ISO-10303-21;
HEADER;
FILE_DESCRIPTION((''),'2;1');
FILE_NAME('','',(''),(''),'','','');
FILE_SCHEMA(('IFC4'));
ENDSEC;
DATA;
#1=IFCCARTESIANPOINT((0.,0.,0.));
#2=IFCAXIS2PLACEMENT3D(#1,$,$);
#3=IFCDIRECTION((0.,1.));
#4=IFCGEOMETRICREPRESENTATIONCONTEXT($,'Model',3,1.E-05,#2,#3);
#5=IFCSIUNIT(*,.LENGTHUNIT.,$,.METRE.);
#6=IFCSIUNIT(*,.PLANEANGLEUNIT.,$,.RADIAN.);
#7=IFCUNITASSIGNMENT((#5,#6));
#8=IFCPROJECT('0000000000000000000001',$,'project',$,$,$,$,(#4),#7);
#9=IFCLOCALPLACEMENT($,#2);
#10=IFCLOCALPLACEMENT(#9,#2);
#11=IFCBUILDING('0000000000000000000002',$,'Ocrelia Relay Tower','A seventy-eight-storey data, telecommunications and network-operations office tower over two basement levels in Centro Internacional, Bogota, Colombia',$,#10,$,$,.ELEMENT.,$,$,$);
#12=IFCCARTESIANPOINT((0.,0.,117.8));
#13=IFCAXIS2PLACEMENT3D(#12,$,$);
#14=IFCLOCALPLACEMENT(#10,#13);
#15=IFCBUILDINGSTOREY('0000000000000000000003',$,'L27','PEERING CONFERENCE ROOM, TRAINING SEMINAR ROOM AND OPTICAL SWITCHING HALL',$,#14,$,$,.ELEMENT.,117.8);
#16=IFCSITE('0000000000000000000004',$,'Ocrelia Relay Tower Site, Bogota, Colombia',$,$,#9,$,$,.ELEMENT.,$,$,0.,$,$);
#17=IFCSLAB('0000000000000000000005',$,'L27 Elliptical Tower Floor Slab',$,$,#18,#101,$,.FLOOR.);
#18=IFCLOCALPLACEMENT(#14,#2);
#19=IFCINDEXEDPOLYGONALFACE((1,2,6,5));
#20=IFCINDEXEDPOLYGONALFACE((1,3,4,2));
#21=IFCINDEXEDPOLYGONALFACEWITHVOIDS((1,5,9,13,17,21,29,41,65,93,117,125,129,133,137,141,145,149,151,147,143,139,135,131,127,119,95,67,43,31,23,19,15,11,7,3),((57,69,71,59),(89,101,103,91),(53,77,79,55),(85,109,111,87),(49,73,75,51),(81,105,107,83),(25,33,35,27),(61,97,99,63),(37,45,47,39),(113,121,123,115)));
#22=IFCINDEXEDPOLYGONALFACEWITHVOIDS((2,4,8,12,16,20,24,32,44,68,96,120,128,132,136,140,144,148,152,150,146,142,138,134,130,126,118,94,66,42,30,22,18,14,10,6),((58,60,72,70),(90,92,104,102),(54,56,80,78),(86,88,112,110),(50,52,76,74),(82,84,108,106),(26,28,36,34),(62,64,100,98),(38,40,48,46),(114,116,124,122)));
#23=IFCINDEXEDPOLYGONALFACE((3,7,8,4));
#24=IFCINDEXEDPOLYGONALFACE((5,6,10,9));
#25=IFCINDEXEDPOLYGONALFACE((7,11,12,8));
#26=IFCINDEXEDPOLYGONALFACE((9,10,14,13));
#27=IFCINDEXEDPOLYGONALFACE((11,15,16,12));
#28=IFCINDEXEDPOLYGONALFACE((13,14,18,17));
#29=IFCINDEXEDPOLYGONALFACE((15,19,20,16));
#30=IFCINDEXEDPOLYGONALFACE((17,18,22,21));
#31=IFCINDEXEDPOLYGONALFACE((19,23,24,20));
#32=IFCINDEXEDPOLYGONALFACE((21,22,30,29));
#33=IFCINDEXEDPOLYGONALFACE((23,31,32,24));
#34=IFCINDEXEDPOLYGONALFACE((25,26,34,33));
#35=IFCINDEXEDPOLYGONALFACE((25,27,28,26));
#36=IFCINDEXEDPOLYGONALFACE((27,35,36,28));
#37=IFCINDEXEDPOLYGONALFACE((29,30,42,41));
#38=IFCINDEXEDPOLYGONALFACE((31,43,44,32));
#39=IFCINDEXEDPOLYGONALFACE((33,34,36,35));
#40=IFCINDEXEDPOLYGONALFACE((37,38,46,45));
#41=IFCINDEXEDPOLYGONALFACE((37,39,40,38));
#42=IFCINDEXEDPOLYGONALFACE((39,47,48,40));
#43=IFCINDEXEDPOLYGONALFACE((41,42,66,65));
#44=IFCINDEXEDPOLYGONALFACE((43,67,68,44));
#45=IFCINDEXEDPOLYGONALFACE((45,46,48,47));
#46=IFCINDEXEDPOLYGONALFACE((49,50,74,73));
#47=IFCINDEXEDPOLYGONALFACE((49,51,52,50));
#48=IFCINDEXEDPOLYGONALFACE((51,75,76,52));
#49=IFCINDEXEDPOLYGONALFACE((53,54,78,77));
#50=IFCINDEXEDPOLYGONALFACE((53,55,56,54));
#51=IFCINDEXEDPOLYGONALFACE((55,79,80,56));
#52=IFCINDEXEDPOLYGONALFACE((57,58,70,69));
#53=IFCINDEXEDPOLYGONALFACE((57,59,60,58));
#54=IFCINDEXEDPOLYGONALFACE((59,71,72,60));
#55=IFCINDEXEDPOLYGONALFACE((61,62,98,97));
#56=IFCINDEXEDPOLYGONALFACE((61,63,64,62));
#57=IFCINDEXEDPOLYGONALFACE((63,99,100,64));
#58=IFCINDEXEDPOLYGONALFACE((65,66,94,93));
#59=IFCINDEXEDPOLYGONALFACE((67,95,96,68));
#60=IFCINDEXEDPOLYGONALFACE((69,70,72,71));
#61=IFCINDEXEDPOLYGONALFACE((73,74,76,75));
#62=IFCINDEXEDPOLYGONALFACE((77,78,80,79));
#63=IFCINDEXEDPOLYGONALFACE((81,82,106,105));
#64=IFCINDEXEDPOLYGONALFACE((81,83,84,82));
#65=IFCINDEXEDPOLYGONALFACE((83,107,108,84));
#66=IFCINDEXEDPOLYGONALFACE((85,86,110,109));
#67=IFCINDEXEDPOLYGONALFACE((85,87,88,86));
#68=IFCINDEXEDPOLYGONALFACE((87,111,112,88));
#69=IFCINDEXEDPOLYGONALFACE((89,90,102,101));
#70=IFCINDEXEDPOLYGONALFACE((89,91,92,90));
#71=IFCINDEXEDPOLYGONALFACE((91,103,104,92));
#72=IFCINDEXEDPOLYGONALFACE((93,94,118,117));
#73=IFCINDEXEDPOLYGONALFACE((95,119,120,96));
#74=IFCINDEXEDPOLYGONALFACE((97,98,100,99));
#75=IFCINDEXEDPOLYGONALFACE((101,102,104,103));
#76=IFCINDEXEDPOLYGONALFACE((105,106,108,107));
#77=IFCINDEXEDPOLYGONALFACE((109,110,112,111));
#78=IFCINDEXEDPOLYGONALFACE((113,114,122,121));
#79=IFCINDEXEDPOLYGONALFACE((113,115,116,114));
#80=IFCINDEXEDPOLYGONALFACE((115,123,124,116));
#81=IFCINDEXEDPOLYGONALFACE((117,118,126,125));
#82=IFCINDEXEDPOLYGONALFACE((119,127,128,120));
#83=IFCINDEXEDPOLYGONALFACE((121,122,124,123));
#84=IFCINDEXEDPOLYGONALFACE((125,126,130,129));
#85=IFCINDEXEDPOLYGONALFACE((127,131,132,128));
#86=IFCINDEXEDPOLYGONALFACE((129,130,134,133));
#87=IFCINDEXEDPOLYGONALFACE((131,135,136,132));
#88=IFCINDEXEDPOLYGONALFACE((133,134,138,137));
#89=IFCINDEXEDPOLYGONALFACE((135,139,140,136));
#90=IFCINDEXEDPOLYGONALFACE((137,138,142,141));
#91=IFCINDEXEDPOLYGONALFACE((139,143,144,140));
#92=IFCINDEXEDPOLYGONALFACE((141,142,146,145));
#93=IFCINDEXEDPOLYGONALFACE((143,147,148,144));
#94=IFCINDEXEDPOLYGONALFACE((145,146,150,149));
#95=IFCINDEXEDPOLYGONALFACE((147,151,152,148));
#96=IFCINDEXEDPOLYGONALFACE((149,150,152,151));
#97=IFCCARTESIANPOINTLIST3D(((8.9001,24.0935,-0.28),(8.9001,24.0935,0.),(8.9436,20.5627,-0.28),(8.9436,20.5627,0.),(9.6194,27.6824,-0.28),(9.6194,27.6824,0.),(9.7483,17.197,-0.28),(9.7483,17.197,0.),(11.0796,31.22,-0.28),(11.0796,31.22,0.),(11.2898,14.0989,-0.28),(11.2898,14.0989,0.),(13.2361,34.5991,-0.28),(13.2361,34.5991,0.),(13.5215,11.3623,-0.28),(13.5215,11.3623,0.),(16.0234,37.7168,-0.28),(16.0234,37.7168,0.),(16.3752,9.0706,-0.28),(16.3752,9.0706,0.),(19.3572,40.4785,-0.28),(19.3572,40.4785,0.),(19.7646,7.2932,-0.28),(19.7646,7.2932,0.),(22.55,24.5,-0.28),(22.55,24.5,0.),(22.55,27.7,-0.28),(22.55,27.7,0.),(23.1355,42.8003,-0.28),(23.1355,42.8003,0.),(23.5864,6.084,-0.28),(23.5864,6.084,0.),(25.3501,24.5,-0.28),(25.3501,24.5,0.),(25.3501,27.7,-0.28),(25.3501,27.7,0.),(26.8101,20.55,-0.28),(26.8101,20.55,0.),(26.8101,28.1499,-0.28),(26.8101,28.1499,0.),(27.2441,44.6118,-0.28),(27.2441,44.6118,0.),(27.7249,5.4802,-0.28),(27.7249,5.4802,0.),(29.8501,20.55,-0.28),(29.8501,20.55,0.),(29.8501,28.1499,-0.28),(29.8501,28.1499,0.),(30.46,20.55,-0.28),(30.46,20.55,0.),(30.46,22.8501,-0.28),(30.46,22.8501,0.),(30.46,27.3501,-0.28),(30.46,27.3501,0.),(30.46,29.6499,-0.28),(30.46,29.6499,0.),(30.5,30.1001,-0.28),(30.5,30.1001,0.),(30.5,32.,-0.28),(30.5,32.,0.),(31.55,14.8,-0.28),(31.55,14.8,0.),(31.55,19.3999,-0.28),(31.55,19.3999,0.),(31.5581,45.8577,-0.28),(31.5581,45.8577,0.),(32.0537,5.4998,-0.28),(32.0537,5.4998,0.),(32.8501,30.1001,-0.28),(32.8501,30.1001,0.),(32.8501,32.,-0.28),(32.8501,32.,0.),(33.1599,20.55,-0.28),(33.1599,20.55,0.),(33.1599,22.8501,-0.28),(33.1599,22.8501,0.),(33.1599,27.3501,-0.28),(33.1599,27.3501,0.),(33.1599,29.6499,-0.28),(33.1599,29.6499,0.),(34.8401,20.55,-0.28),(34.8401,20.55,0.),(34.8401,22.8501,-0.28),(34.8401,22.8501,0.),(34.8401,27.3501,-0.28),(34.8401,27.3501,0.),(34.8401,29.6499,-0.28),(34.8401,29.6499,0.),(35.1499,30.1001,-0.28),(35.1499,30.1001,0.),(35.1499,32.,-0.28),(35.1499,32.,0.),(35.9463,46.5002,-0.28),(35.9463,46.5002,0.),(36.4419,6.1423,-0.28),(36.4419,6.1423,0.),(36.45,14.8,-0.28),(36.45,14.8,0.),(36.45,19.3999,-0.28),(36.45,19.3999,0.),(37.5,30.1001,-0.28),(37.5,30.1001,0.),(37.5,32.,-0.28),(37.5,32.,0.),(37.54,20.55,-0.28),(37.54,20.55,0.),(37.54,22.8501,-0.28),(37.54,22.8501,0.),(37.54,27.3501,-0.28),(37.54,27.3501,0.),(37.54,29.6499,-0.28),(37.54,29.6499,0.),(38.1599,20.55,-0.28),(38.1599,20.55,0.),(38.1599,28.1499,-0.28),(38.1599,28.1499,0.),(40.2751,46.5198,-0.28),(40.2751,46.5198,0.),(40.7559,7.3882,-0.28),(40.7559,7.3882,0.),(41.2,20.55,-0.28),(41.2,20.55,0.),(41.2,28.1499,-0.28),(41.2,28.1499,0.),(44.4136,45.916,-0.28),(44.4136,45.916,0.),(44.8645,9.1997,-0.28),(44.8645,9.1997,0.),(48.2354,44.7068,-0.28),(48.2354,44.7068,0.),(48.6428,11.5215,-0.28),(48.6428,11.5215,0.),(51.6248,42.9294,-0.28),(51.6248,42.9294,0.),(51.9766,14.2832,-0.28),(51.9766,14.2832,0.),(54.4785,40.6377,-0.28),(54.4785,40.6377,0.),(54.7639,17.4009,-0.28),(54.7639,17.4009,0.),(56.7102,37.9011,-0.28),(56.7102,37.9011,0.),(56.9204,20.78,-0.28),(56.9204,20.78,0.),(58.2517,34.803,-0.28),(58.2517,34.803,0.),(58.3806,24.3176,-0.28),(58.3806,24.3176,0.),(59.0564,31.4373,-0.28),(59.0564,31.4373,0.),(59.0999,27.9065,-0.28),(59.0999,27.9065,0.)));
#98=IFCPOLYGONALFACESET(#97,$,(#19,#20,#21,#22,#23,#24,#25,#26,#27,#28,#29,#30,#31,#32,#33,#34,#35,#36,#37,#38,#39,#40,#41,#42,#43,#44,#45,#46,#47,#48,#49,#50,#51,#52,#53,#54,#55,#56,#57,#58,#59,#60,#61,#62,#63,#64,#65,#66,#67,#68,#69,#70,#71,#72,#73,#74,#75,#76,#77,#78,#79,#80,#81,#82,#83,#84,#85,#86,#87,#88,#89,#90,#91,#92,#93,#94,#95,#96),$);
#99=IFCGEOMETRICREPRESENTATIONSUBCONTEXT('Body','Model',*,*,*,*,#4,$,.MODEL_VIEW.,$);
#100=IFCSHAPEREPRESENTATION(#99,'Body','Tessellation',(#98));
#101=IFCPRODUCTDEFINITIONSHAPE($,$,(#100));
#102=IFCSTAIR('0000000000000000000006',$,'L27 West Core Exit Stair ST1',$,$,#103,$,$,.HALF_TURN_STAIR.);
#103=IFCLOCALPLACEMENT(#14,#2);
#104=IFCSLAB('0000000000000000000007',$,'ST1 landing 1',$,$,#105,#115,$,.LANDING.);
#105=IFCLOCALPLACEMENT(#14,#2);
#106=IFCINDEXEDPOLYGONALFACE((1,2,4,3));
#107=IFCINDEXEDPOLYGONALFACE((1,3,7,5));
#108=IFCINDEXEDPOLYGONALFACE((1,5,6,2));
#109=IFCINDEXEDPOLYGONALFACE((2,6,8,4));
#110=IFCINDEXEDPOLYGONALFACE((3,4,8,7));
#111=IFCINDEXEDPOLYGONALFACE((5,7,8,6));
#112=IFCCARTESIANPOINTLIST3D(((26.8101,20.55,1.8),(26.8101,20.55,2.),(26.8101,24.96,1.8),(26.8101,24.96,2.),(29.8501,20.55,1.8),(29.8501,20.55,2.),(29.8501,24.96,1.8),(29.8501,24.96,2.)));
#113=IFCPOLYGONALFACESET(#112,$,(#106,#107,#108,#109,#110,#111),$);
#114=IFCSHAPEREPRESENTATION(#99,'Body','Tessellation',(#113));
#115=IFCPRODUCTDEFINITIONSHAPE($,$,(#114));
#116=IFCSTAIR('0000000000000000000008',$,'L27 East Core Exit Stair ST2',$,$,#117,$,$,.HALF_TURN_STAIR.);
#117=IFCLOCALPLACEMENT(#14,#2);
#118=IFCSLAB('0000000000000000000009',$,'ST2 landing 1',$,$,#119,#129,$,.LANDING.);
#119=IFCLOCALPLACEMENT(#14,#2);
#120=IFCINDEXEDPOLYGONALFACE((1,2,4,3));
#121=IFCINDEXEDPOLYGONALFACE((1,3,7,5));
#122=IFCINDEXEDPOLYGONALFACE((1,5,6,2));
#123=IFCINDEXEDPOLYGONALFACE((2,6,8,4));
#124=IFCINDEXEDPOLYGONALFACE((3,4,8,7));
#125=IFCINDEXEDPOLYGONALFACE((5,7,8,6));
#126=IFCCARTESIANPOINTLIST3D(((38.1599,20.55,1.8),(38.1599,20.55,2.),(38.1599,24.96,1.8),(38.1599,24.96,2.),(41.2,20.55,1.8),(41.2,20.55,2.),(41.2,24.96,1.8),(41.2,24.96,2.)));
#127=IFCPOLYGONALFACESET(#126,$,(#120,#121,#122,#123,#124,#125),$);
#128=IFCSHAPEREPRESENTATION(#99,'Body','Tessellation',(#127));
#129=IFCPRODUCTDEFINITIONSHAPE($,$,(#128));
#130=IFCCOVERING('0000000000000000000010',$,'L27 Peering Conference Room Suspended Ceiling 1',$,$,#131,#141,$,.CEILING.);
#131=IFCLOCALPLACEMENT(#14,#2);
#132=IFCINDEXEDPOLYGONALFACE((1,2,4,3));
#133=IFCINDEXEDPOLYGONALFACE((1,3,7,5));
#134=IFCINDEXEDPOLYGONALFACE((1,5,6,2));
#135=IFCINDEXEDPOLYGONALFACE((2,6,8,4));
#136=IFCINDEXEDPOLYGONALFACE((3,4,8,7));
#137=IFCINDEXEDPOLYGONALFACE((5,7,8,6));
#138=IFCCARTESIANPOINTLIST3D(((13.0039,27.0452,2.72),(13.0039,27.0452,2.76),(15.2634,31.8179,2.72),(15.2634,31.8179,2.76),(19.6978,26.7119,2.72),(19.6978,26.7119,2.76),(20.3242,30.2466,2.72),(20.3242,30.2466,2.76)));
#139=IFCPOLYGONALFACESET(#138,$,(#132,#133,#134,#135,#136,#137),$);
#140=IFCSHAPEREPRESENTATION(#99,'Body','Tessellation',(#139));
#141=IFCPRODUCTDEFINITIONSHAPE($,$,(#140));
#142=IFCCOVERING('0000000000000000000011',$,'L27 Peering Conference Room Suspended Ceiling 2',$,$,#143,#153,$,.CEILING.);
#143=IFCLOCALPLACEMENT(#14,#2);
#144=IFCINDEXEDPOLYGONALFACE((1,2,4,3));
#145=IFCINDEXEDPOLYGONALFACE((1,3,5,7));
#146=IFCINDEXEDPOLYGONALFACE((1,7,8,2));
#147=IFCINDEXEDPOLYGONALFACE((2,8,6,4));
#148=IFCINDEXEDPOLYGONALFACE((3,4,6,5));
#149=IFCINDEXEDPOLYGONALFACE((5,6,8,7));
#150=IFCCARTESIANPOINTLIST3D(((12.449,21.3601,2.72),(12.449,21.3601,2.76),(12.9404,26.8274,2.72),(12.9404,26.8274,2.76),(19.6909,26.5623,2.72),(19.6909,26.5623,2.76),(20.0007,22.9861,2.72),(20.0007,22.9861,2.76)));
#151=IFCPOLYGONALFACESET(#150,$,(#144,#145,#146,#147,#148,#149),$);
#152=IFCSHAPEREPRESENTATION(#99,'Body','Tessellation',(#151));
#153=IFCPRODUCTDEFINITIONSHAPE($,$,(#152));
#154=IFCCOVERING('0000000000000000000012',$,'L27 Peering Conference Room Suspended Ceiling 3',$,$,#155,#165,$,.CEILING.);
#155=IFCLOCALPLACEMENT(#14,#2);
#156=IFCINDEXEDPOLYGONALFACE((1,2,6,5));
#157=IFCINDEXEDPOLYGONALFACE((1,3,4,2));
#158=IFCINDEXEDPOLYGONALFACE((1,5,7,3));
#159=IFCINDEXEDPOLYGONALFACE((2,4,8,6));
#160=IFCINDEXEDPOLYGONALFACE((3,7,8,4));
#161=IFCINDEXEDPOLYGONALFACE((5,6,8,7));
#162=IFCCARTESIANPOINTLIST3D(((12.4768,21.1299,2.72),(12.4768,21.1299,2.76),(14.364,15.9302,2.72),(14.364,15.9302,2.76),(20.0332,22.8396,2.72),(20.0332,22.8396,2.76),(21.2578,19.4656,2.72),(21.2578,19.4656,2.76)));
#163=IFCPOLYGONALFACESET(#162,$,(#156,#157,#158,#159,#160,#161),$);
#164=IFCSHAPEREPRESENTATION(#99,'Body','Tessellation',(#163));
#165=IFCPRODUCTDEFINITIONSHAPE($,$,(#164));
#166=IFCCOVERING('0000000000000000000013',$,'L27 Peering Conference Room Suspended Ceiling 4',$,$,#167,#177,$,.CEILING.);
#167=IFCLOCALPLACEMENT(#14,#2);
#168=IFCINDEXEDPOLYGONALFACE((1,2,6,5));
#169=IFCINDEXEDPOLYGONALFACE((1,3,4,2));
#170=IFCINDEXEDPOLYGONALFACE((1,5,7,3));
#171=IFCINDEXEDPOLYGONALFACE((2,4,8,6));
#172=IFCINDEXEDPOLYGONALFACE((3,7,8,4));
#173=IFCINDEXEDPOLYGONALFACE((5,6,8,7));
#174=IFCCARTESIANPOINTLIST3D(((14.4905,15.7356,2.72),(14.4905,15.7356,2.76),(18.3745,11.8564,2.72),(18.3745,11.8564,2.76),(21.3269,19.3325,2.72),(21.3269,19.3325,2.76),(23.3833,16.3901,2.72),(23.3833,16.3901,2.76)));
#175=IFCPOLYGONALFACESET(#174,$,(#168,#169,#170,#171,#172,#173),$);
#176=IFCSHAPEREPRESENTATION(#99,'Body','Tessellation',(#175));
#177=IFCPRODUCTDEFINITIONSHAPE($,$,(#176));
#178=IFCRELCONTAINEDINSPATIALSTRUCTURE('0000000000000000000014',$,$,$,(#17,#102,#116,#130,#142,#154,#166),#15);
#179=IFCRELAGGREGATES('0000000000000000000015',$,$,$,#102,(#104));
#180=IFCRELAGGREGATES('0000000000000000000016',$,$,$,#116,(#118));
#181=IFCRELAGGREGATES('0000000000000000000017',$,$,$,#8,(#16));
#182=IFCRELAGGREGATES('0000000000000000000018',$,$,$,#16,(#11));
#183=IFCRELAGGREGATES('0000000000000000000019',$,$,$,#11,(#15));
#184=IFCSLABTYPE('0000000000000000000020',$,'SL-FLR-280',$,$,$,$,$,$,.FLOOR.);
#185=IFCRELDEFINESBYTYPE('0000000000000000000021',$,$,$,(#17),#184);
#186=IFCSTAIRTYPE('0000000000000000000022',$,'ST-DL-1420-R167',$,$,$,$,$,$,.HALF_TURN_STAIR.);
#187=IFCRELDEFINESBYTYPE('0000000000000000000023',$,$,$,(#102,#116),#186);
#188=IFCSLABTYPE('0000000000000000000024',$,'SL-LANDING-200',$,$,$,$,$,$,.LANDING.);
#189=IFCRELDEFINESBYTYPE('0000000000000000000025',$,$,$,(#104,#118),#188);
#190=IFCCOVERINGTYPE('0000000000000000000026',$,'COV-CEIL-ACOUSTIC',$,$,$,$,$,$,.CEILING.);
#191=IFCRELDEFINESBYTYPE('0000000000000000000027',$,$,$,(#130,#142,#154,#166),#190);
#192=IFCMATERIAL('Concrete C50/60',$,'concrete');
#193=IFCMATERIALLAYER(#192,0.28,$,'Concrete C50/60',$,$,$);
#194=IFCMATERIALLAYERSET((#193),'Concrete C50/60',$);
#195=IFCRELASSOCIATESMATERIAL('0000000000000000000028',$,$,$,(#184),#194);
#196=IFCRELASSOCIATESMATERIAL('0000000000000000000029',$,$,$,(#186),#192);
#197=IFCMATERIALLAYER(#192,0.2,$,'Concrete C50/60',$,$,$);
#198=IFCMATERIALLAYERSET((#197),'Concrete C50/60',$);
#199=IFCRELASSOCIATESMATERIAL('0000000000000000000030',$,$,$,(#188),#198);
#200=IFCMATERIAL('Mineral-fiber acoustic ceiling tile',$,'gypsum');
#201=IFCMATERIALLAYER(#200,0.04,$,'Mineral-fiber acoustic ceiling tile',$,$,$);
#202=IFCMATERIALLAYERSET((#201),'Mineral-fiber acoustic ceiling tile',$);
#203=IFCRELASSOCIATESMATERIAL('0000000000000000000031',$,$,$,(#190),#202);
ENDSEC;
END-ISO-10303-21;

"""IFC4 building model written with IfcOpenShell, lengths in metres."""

from ifc_helpers import new_model, si_unit, direction, frame, origin, place, context, subcontext, project, spatial, polyline, outline, extrude, material, layer, layer_set, type_object, element, aggregate, save


model = new_model("IFC4")

# Units and contexts
model_context = context("Model", 3, precision=1e-05, world=origin(), true_north=direction((0.0, 1.0)))
body_context = subcontext(model_context, "Body", "Model", "MODEL_VIEW")
ifc_project = project(units=[si_unit("LENGTHUNIT", "METRE"), si_unit("PLANEANGLEUNIT", "RADIAN")], contexts=[model_context])

# Site, building, storey
site_placement = place(None, origin())
site = spatial("IfcSite", under=ifc_project, at=site_placement, Name="Ocrelia Relay Tower Site, Bogota, Colombia", CompositionType="ELEMENT", RefElevation=0.0)
building_placement = place(site_placement, origin())
building = spatial("IfcBuilding", under=site, at=building_placement, Name="Ocrelia Relay Tower", Description="A seventy-eight-storey data, telecommunications and network-operations office tower over two basement levels in Centro Internacional, Bogota, Colombia", CompositionType="ELEMENT")
storey_placement = place(building_placement, frame((0.0, 0.0, 117.8)))
storey = spatial("IfcBuildingStorey", under=building, at=storey_placement, Name="L27", Description="PEERING CONFERENCE ROOM, TRAINING SEMINAR ROOM AND OPTICAL SWITCHING HALL", CompositionType="ELEMENT", Elevation=117.8)

# Slab
ifc_material_1 = material(Name="Concrete C50/60", Category="concrete")
ifc_layer_1 = layer(ifc_material_1, 0.28, Name="Concrete C50/60")
ifc_layer_set_1 = layer_set([ifc_layer_1], Name="Concrete C50/60")
slab_type_1 = type_object("IfcSlabType", Name="SL-FLR-280", PredefinedType="FLOOR", material=ifc_layer_set_1)
slab_1_placement = place(storey_placement, frame((0.0, 0.0, -0.28)))
element("IfcSlab", 1, at=slab_1_placement, inside=storey, type_object=slab_type_1, Name="L27 Elliptical Tower Floor Slab", PredefinedType="FLOOR", context=body_context, shape_type="SweptSolid", body=[
    extrude(outline(polyline([(58.2517, 34.803), (56.7102, 37.9011), (54.4785, 40.6377), (51.6248, 42.9294), (48.2354, 44.7068), (44.4136, 45.916), (40.2751, 46.5198), (35.9463, 46.5002), (31.5581, 45.8577), (27.2441, 44.6118), (23.1355, 42.8003), (19.3572, 40.4785), (16.0234, 37.7168), (13.2361, 34.5991), (11.0796, 31.22), (9.6194, 27.6824), (8.9001, 24.0935), (8.9436, 20.5627), (9.7483, 17.197), (11.2898, 14.0989), (13.5215, 11.3623), (16.3752, 9.0706), (19.7646, 7.2932), (23.5864, 6.084), (27.7249, 5.4802), (32.0537, 5.4998), (36.4419, 6.1423), (40.7559, 7.3882), (44.8645, 9.1997), (48.6428, 11.5215), (51.9766, 14.2832), (54.7639, 17.4009), (56.9204, 20.78), (58.3806, 24.3176), (59.0999, 27.9065), (59.0564, 31.4373), (58.2517, 34.803)]), holes=[polyline([(26.8101, 28.1499), (26.8101, 20.55), (29.8501, 20.55), (29.8501, 28.1499), (26.8101, 28.1499)]), polyline([(38.1599, 28.1499), (38.1599, 20.55), (41.2, 20.55), (41.2, 28.1499), (38.1599, 28.1499)]), polyline([(30.46, 20.55), (33.1599, 20.55), (33.1599, 22.8501), (30.46, 22.8501), (30.46, 20.55)]), polyline([(34.8401, 20.55), (37.54, 20.55), (37.54, 22.8501), (34.8401, 22.8501), (34.8401, 20.55)]), polyline([(30.46, 27.3501), (33.1599, 27.3501), (33.1599, 29.6499), (30.46, 29.6499), (30.46, 27.3501)]), polyline([(34.8401, 27.3501), (37.54, 27.3501), (37.54, 29.6499), (34.8401, 29.6499), (34.8401, 27.3501)]), polyline([(30.5, 30.1001), (32.8501, 30.1001), (32.8501, 32.0), (30.5, 32.0), (30.5, 30.1001)]), polyline([(35.1499, 30.1001), (37.5, 30.1001), (37.5, 32.0), (35.1499, 32.0), (35.1499, 30.1001)]), polyline([(22.55, 24.5), (25.3501, 24.5), (25.3501, 27.7), (22.55, 27.7), (22.55, 24.5)]), polyline([(31.55, 14.8), (36.45, 14.8), (36.45, 19.3999), (31.55, 19.3999), (31.55, 14.8)])]), origin(), (0.0, 0.0, 1.0), 0.28),
])

# Stairs, slabs
stair_type = type_object("IfcStairType", Name="ST-DL-1420-R167", PredefinedType="HALF_TURN_STAIR", material=ifc_material_1)
stair_1_placement = place(storey_placement, origin())
stair_1 = element("IfcStair", 2, at=stair_1_placement, inside=storey, type_object=stair_type, Name="L27 West Core Exit Stair ST1", PredefinedType="HALF_TURN_STAIR")
ifc_layer_2 = layer(ifc_material_1, 0.2, Name="Concrete C50/60")
ifc_layer_set_2 = layer_set([ifc_layer_2], Name="Concrete C50/60")
slab_type_2 = type_object("IfcSlabType", Name="SL-LANDING-200", PredefinedType="LANDING", material=ifc_layer_set_2)
slab_2_placement = place(storey_placement, frame((0.0, 0.0, 1.8)))
slab_2 = element("IfcSlab", 3, at=slab_2_placement, type_object=slab_type_2, Name="ST1 landing 1", PredefinedType="LANDING", context=body_context, shape_type="SweptSolid", body=[
    extrude(outline(polyline([(26.8101, 24.96), (26.8101, 20.55), (29.8501, 20.55), (29.8501, 24.96), (26.8101, 24.96)])), origin(), (0.0, 0.0, 1.0), 0.2),
])
aggregate(stair_1, [slab_2])
stair_2_placement = place(storey_placement, origin())
stair_2 = element("IfcStair", 4, at=stair_2_placement, inside=storey, type_object=stair_type, Name="L27 East Core Exit Stair ST2", PredefinedType="HALF_TURN_STAIR")
slab_3_placement = place(storey_placement, frame((0.0, 0.0, 1.8)))
slab_3 = element("IfcSlab", 5, at=slab_3_placement, type_object=slab_type_2, Name="ST2 landing 1", PredefinedType="LANDING", context=body_context, shape_type="SweptSolid", body=[
    extrude(outline(polyline([(38.1599, 24.96), (38.1599, 20.55), (41.2, 20.55), (41.2, 24.96), (38.1599, 24.96)])), origin(), (0.0, 0.0, 1.0), 0.2),
])
aggregate(stair_2, [slab_3])

# Coverings
ifc_material_2 = material(Name="Mineral-fiber acoustic ceiling tile", Category="gypsum")
ifc_layer_3 = layer(ifc_material_2, 0.04, Name="Mineral-fiber acoustic ceiling tile")
ifc_layer_set_3 = layer_set([ifc_layer_3], Name="Mineral-fiber acoustic ceiling tile")
covering_type_1 = type_object("IfcCoveringType", Name="COV-CEIL-ACOUSTIC", PredefinedType="CEILING", material=ifc_layer_set_3)
covering_1_placement = place(storey_placement, frame((0.0, 0.0, 2.72)))
element("IfcCovering", 6, at=covering_1_placement, inside=storey, type_object=covering_type_1, Name="L27 Peering Conference Room Suspended Ceiling 1", PredefinedType="CEILING", context=body_context, shape_type="SweptSolid", body=[
    extrude(outline(polyline([(20.3242, 30.2466), (15.2634, 31.8179), (13.0039, 27.0452), (19.6978, 26.7119), (20.3242, 30.2466)])), origin(), (0.0, 0.0, 1.0), 0.04),
])
covering_2_placement = place(storey_placement, frame((0.0, 0.0, 2.72)))
element("IfcCovering", 7, at=covering_2_placement, inside=storey, type_object=covering_type_1, Name="L27 Peering Conference Room Suspended Ceiling 2", PredefinedType="CEILING", context=body_context, shape_type="SweptSolid", body=[
    extrude(outline(polyline([(19.6909, 26.5623), (12.9404, 26.8274), (12.449, 21.3601), (20.0007, 22.9861), (19.6909, 26.5623)])), origin(), (0.0, 0.0, 1.0), 0.04),
])
covering_3_placement = place(storey_placement, frame((0.0, 0.0, 2.72)))
element("IfcCovering", 8, at=covering_3_placement, inside=storey, type_object=covering_type_1, Name="L27 Peering Conference Room Suspended Ceiling 3", PredefinedType="CEILING", context=body_context, shape_type="SweptSolid", body=[
    extrude(outline(polyline([(20.0332, 22.8396), (12.4768, 21.1299), (14.364, 15.9302), (21.2578, 19.4656), (20.0332, 22.8396)])), origin(), (0.0, 0.0, 1.0), 0.04),
])
covering_4_placement = place(storey_placement, frame((0.0, 0.0, 2.72)))
element("IfcCovering", 9, at=covering_4_placement, inside=storey, type_object=covering_type_1, Name="L27 Peering Conference Room Suspended Ceiling 4", PredefinedType="CEILING", context=body_context, shape_type="SweptSolid", body=[
    extrude(outline(polyline([(21.3269, 19.3325), (14.4905, 15.7356), (18.3745, 11.8564), (23.3833, 16.3901), (21.3269, 19.3325)])), origin(), (0.0, 0.0, 1.0), 0.04),
])

save(model, "model.ifc")
